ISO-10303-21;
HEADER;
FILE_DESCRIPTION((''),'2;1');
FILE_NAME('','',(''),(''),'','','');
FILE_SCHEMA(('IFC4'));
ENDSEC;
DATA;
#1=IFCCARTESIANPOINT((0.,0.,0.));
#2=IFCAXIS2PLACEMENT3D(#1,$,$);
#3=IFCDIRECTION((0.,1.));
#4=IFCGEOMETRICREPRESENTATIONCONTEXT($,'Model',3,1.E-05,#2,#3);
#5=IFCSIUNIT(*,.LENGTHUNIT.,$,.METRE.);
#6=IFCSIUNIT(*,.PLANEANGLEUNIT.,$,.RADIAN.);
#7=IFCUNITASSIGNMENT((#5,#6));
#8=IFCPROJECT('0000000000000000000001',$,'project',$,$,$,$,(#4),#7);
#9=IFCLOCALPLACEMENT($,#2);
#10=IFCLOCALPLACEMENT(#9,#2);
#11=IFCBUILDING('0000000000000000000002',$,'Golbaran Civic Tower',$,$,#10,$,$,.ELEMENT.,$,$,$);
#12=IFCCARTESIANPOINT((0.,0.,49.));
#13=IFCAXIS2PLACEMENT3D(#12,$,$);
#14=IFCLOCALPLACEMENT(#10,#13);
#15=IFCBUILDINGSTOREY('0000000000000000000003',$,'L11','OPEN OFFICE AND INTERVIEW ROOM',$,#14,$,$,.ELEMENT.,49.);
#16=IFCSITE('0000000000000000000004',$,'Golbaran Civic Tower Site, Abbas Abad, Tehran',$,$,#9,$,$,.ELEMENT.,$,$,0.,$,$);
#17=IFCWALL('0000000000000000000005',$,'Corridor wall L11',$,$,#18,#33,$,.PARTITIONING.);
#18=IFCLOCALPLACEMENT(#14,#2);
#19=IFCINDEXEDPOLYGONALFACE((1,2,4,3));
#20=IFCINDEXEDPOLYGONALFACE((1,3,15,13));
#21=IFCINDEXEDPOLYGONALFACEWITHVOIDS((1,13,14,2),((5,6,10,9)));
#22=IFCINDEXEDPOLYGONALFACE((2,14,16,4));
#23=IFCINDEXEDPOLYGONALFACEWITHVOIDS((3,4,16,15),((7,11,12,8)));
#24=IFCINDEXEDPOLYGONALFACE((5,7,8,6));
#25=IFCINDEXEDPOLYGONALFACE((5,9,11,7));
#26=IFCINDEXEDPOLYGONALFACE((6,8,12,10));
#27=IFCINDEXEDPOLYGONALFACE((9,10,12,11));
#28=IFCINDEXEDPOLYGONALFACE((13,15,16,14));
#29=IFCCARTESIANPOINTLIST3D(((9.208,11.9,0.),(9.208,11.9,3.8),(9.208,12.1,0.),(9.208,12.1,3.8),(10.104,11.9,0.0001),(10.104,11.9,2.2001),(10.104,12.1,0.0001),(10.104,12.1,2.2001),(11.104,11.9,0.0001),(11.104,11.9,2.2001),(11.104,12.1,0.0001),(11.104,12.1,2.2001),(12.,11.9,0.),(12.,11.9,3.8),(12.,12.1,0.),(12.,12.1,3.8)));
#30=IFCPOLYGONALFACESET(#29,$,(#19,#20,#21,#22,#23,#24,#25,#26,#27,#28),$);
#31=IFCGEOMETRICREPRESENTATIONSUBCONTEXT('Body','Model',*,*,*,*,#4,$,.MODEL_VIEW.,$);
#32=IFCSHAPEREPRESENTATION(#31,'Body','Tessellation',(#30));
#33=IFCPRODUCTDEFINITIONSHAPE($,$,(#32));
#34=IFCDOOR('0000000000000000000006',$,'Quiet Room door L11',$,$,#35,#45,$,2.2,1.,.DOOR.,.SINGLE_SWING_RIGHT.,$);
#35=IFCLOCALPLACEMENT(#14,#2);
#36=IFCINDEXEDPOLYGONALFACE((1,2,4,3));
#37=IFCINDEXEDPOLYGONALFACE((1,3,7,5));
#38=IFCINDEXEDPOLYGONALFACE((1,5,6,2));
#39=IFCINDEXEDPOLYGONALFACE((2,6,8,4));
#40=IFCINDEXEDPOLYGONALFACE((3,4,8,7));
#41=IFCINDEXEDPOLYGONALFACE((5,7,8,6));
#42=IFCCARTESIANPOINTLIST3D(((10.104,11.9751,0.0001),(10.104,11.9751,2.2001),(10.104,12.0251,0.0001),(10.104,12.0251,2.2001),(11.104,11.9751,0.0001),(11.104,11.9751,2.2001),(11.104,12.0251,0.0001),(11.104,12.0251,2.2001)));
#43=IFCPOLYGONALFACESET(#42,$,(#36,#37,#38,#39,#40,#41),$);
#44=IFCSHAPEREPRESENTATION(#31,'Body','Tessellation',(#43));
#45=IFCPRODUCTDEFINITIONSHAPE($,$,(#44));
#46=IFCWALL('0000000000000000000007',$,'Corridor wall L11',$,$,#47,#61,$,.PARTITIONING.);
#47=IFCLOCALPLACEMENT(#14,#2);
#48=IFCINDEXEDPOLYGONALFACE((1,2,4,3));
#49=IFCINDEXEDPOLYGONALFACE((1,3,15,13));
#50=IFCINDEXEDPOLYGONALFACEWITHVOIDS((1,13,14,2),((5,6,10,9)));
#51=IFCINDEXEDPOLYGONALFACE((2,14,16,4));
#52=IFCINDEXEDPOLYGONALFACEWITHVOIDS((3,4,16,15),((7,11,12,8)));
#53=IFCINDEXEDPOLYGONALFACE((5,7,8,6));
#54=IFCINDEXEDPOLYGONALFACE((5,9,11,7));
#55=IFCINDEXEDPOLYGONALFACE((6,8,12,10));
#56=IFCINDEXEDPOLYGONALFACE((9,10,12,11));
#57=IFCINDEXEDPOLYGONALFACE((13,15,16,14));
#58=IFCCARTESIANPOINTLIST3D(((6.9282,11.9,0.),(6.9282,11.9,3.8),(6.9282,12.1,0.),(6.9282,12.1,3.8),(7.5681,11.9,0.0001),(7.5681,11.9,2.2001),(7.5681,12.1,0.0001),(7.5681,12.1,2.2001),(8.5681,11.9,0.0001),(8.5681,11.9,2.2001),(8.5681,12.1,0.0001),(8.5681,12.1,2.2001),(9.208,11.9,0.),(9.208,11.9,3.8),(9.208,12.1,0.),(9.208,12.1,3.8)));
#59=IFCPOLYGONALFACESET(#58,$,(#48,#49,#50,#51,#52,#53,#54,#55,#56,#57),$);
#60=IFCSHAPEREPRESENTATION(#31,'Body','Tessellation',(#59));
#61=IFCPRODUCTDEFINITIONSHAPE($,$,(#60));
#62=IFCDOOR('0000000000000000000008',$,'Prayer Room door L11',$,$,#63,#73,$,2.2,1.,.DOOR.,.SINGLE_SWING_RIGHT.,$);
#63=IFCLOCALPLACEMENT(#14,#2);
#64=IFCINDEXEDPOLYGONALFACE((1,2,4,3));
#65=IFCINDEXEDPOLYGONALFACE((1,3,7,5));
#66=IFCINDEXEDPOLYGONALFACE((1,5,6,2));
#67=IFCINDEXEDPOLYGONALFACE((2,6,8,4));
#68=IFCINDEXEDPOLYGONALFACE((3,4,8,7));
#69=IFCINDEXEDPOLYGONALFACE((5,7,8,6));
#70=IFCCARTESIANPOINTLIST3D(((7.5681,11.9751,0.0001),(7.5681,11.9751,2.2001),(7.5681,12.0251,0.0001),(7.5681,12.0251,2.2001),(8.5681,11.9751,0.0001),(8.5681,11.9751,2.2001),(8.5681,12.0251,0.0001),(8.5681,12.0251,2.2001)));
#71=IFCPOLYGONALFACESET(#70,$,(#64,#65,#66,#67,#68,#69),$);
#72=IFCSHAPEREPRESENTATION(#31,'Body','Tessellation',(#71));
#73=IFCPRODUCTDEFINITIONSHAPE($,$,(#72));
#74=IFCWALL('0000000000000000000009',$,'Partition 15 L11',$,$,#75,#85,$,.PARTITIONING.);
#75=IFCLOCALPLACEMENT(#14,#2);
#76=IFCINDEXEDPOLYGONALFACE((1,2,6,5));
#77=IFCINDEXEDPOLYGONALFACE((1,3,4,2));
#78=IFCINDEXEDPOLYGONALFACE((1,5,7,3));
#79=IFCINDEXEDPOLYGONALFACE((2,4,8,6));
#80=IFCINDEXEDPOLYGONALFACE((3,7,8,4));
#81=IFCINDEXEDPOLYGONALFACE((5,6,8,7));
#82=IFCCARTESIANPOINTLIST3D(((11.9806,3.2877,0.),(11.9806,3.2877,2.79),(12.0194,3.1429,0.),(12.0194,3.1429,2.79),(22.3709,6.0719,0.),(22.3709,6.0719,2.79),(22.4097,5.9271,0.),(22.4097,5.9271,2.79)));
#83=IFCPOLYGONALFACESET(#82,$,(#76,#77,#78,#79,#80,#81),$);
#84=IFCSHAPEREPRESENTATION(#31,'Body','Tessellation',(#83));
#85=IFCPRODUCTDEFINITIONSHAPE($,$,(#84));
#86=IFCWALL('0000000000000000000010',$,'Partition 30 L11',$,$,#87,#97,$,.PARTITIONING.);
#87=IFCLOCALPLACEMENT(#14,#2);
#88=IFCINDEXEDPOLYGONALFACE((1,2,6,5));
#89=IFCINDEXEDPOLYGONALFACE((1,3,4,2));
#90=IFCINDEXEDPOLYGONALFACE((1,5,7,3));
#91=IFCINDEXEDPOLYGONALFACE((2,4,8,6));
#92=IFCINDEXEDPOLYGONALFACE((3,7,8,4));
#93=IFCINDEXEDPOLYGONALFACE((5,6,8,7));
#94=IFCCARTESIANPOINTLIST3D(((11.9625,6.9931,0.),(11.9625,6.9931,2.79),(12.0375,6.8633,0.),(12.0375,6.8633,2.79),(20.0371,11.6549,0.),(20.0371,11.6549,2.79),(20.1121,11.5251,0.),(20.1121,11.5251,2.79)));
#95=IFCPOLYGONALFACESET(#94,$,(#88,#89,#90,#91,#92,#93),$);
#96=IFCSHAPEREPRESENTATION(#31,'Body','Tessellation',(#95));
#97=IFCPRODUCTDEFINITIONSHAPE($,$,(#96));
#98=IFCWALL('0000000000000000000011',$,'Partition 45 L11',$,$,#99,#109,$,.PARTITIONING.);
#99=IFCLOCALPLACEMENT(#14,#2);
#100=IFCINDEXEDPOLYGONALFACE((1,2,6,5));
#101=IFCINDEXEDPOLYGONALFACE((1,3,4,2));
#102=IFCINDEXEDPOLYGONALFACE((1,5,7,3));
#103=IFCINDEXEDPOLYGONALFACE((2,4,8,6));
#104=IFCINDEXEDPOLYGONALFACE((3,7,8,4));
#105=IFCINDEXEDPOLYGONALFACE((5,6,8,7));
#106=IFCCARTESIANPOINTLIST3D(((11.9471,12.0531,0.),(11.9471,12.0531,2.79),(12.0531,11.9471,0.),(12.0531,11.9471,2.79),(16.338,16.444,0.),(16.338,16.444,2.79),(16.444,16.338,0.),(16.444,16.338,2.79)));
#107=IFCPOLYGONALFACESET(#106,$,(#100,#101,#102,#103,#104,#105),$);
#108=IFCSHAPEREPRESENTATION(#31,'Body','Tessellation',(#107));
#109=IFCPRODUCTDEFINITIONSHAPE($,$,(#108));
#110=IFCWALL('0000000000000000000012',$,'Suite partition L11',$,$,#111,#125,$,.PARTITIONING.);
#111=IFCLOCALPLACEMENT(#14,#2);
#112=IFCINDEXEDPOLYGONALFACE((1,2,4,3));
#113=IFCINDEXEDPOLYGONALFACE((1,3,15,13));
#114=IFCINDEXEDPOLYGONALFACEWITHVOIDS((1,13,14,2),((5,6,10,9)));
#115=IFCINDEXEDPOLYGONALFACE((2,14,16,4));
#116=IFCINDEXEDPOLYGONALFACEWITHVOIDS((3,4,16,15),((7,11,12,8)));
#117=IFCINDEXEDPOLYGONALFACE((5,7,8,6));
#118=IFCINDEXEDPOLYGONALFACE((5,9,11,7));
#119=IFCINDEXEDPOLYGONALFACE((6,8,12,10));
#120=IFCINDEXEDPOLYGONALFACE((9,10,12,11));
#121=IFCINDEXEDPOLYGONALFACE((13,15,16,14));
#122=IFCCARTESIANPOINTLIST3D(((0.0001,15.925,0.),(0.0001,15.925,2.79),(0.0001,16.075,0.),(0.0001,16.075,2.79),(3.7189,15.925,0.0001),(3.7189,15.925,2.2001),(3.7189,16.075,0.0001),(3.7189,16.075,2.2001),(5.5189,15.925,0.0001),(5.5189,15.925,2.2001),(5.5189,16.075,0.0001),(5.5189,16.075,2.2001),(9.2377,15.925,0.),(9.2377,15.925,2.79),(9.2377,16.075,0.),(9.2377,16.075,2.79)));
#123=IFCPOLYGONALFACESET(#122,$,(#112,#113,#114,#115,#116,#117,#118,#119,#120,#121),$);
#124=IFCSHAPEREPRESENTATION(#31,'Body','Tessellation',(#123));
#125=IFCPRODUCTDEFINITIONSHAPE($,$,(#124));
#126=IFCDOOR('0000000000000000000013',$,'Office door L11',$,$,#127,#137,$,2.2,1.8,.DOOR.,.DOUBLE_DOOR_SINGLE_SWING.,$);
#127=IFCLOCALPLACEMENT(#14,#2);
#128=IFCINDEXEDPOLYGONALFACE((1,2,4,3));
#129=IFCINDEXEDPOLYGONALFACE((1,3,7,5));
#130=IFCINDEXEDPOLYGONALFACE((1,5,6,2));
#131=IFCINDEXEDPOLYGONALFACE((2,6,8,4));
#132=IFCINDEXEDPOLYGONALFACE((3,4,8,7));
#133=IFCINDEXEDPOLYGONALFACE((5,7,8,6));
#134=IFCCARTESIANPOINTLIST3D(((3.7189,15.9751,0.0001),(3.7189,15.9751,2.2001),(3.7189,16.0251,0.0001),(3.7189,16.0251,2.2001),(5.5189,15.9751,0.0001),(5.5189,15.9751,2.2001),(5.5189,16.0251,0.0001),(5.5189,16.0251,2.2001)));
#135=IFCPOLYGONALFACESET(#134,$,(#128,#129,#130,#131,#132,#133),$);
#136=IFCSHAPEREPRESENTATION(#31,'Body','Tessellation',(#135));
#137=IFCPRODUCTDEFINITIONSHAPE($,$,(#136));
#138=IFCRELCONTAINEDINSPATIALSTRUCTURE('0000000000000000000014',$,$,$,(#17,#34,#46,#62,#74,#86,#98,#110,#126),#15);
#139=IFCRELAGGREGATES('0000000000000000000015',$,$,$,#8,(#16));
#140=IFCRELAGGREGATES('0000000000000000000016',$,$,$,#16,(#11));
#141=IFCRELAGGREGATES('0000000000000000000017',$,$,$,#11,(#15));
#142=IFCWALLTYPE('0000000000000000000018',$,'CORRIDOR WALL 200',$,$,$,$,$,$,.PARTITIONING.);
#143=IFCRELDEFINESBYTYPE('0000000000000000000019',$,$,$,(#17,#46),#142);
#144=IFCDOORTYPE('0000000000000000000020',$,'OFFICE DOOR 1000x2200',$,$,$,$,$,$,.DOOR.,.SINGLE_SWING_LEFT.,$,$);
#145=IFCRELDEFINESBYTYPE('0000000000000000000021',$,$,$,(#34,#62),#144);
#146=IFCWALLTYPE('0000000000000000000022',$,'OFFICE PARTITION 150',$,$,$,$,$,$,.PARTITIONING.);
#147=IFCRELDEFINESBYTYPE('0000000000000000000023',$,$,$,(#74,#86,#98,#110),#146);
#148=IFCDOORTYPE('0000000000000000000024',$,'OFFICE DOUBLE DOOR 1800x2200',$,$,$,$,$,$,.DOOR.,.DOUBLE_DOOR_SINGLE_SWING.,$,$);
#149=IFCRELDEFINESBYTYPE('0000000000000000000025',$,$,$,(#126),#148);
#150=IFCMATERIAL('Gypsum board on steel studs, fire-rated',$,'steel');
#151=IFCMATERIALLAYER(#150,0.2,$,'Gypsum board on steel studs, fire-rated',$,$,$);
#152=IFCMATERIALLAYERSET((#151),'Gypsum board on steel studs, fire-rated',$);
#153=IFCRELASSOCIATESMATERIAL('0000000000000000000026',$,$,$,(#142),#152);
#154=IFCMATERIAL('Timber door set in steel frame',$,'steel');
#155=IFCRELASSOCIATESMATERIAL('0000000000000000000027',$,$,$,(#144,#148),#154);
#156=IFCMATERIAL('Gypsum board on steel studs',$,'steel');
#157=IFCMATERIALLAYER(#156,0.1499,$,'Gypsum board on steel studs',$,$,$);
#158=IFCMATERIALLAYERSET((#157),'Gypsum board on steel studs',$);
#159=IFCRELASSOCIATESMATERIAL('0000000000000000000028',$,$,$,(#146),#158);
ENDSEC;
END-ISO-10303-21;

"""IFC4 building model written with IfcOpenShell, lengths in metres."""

from ifc_helpers import new_model, si_unit, direction, frame, frame_2d, origin, place, context, subcontext, project, spatial, rectangle, extrude, material, layer, layer_set, type_object, element, fill, save


model = new_model("IFC4")

# Units and contexts
model_context = context("Model", 3, precision=1e-05, world=origin(), true_north=direction((0.0, 1.0)))
body_context = subcontext(model_context, "Body", "Model", "MODEL_VIEW")
ifc_project = project(units=[si_unit("LENGTHUNIT", "METRE"), si_unit("PLANEANGLEUNIT", "RADIAN")], contexts=[model_context])

# Site, building, storey
site_placement = place(None, origin())
site = spatial("IfcSite", under=ifc_project, at=site_placement, Name="Golbaran Civic Tower Site, Abbas Abad, Tehran", CompositionType="ELEMENT", RefElevation=0.0)
building_placement = place(site_placement, origin())
building = spatial("IfcBuilding", under=site, at=building_placement, Name="Golbaran Civic Tower", CompositionType="ELEMENT")
storey_placement = place(building_placement, frame((0.0, 0.0, 49.0)))
storey = spatial("IfcBuildingStorey", under=building, at=storey_placement, Name="L11", Description="OPEN OFFICE AND INTERVIEW ROOM", CompositionType="ELEMENT", Elevation=49.0)

# Walls, openings, doors
ifc_material_1 = material(Name="Gypsum board on steel studs, fire-rated", Category="steel")
ifc_layer_1 = layer(ifc_material_1, 0.2, Name="Gypsum board on steel studs, fire-rated")
ifc_layer_set_1 = layer_set([ifc_layer_1], Name="Gypsum board on steel studs, fire-rated")
wall_type_1 = type_object("IfcWallType", Name="CORRIDOR WALL 200", PredefinedType="PARTITIONING", material=ifc_layer_set_1)
ifc_material_2 = material(Name="Timber door set in steel frame", Category="steel")
door_type_1 = type_object("IfcDoorType", Name="OFFICE DOOR 1000x2200", OperationType="SINGLE_SWING_LEFT", PredefinedType="DOOR", material=ifc_material_2)
wall_1_placement = place(storey_placement, frame((12.0, 12.0, 0.0), z_axis=(0.0, 0.0, 1.0), x_axis=(-1.0, 0.0, 0.0)))
wall_1 = element("IfcWall", 1, at=wall_1_placement, inside=storey, type_object=wall_type_1, Name="Corridor wall L11", PredefinedType="PARTITIONING", context=body_context, shape_type="SweptSolid", body=[
    extrude(rectangle(XDim=2.792, YDim=0.2, at=frame_2d((1.396, 0.0))), origin(), (0.0, 0.0, 1.0), 3.8),
])
opening_1_placement = place(wall_1_placement, frame((0.896, 0.0, 0.0)))
opening_1 = element("IfcOpeningElement", 2, at=opening_1_placement, cuts=wall_1, PredefinedType="OPENING", context=body_context, shape_type="SweptSolid", body=[
    extrude(rectangle(XDim=1.0, YDim=2.2, at=frame_2d((0.5, 1.1001))), frame((0.0, 0.1099, 0.0), z_axis=(0.0, -1.0, 0.0), x_axis=(1.0, 0.0, 0.0)), (0.0, 0.0, 1.0), 0.22),
])
door_1_placement = place(opening_1_placement, origin())
door_1 = element("IfcDoor", 3, at=door_1_placement, inside=storey, type_object=door_type_1, Name="Quiet Room door L11", OperationType="SINGLE_SWING_RIGHT", OverallHeight=2.2, OverallWidth=1.0, PredefinedType="DOOR", context=body_context, shape_type="SweptSolid", body=[
    extrude(rectangle(XDim=1.0, YDim=2.2, at=frame_2d((0.5, 1.1001))), frame((0.0, 0.0249, 0.0), z_axis=(0.0, -1.0, 0.0), x_axis=(1.0, 0.0, 0.0)), (0.0, 0.0, 1.0), 0.05),
])
fill(opening_1, door_1)
wall_2_placement = place(storey_placement, frame((9.208, 12.0, 0.0), z_axis=(0.0, 0.0, 1.0), x_axis=(-1.0, 0.0, 0.0)))
wall_2 = element("IfcWall", 4, at=wall_2_placement, inside=storey, type_object=wall_type_1, Name="Corridor wall L11", PredefinedType="PARTITIONING", context=body_context, shape_type="SweptSolid", body=[
    extrude(rectangle(XDim=2.2798, YDim=0.2, at=frame_2d((1.1399, 0.0))), origin(), (0.0, 0.0, 1.0), 3.8),
])
opening_2_placement = place(wall_2_placement, frame((0.6399, 0.0, 0.0)))
opening_2 = element("IfcOpeningElement", 5, at=opening_2_placement, cuts=wall_2, PredefinedType="OPENING", context=body_context, shape_type="SweptSolid", body=[
    extrude(rectangle(XDim=1.0, YDim=2.2, at=frame_2d((0.5, 1.1001))), frame((0.0, 0.1099, 0.0), z_axis=(0.0, -1.0, 0.0), x_axis=(1.0, 0.0, 0.0)), (0.0, 0.0, 1.0), 0.22),
])
door_2_placement = place(opening_2_placement, origin())
door_2 = element("IfcDoor", 6, at=door_2_placement, inside=storey, type_object=door_type_1, Name="Prayer Room door L11", OperationType="SINGLE_SWING_RIGHT", OverallHeight=2.2, OverallWidth=1.0, PredefinedType="DOOR", context=body_context, shape_type="SweptSolid", body=[
    extrude(rectangle(XDim=1.0, YDim=2.2, at=frame_2d((0.5, 1.1001))), frame((0.0, 0.0249, 0.0), z_axis=(0.0, -1.0, 0.0), x_axis=(1.0, 0.0, 0.0)), (0.0, 0.0, 1.0), 0.05),
])
fill(opening_2, door_2)

# Walls
ifc_material_3 = material(Name="Gypsum board on steel studs", Category="steel")
ifc_layer_2 = layer(ifc_material_3, 0.1499, Name="Gypsum board on steel studs")
ifc_layer_set_2 = layer_set([ifc_layer_2], Name="Gypsum board on steel studs")
wall_type_2 = type_object("IfcWallType", Name="OFFICE PARTITION 150", PredefinedType="PARTITIONING", material=ifc_layer_set_2)
wall_3_placement = place(storey_placement, frame((12.0, 3.2153, 0.0), z_axis=(0.0, 0.0, 1.0), x_axis=(0.965924, 0.258826, 0.0)))
element("IfcWall", 7, at=wall_3_placement, inside=storey, type_object=wall_type_2, Name="Partition 15 L11", PredefinedType="PARTITIONING", context=body_context, shape_type="SweptSolid", body=[
    extrude(rectangle(XDim=10.7568, YDim=0.1499, at=frame_2d((5.3784, 0.0))), origin(), (0.0, 0.0, 1.0), 2.79),
])
wall_4_placement = place(storey_placement, frame((12.0, 6.9282, 0.0), z_axis=(0.0, 0.0, 1.0), x_axis=(0.866029, 0.499994, 0.0)))
element("IfcWall", 8, at=wall_4_placement, inside=storey, type_object=wall_type_2, Name="Partition 30 L11", PredefinedType="PARTITIONING", context=body_context, shape_type="SweptSolid", body=[
    extrude(rectangle(XDim=9.3237, YDim=0.1499, at=frame_2d((4.6619, 0.0))), origin(), (0.0, 0.0, 1.0), 2.79),
])
wall_5_placement = place(storey_placement, frame((12.0, 12.0, 0.0), z_axis=(0.0, 0.0, 1.0), x_axis=(0.707107, 0.707107, 0.0)))
element("IfcWall", 9, at=wall_5_placement, inside=storey, type_object=wall_type_2, Name="Partition 45 L11", PredefinedType="PARTITIONING", context=body_context, shape_type="SweptSolid", body=[
    extrude(rectangle(XDim=6.2097, YDim=0.1499, at=frame_2d((3.105, 0.0))), origin(), (0.0, 0.0, 1.0), 2.79),
])

# Wall, opening, door
wall_6_placement = place(storey_placement, frame((9.2375, 16.0, 0.0), z_axis=(0.0, 0.0, 1.0), x_axis=(-1.0, 0.0, 0.0)))
wall_6 = element("IfcWall", 10, at=wall_6_placement, inside=storey, type_object=wall_type_2, Name="Suite partition L11", PredefinedType="PARTITIONING", context=body_context, shape_type="SweptSolid", body=[
    extrude(rectangle(XDim=9.2375, YDim=0.1499, at=frame_2d((4.6187, 0.0))), origin(), (0.0, 0.0, 1.0), 2.79),
])
opening_3_placement = place(wall_6_placement, frame((3.7188, 0.0, 0.0)))
opening_3 = element("IfcOpeningElement", 11, at=opening_3_placement, cuts=wall_6, PredefinedType="OPENING", context=body_context, shape_type="SweptSolid", body=[
    extrude(rectangle(XDim=1.8, YDim=2.2, at=frame_2d((0.8999, 1.1001))), frame((0.0, 0.085, 0.0), z_axis=(0.0, -1.0, 0.0), x_axis=(1.0, 0.0, 0.0)), (0.0, 0.0, 1.0), 0.1699),
])
door_type_2 = type_object("IfcDoorType", Name="OFFICE DOUBLE DOOR 1800x2200", OperationType="DOUBLE_DOOR_SINGLE_SWING", PredefinedType="DOOR", material=ifc_material_2)
door_3_placement = place(opening_3_placement, origin())
door_3 = element("IfcDoor", 12, at=door_3_placement, inside=storey, type_object=door_type_2, Name="Office door L11", OperationType="DOUBLE_DOOR_SINGLE_SWING", OverallHeight=2.2, OverallWidth=1.8, PredefinedType="DOOR", context=body_context, shape_type="SweptSolid", body=[
    extrude(rectangle(XDim=1.8, YDim=2.2, at=frame_2d((0.8999, 1.1001))), frame((0.0, 0.0249, 0.0), z_axis=(0.0, -1.0, 0.0), x_axis=(1.0, 0.0, 0.0)), (0.0, 0.0, 1.0), 0.05),
])
fill(opening_3, door_3)

save(model, "model.ifc")
